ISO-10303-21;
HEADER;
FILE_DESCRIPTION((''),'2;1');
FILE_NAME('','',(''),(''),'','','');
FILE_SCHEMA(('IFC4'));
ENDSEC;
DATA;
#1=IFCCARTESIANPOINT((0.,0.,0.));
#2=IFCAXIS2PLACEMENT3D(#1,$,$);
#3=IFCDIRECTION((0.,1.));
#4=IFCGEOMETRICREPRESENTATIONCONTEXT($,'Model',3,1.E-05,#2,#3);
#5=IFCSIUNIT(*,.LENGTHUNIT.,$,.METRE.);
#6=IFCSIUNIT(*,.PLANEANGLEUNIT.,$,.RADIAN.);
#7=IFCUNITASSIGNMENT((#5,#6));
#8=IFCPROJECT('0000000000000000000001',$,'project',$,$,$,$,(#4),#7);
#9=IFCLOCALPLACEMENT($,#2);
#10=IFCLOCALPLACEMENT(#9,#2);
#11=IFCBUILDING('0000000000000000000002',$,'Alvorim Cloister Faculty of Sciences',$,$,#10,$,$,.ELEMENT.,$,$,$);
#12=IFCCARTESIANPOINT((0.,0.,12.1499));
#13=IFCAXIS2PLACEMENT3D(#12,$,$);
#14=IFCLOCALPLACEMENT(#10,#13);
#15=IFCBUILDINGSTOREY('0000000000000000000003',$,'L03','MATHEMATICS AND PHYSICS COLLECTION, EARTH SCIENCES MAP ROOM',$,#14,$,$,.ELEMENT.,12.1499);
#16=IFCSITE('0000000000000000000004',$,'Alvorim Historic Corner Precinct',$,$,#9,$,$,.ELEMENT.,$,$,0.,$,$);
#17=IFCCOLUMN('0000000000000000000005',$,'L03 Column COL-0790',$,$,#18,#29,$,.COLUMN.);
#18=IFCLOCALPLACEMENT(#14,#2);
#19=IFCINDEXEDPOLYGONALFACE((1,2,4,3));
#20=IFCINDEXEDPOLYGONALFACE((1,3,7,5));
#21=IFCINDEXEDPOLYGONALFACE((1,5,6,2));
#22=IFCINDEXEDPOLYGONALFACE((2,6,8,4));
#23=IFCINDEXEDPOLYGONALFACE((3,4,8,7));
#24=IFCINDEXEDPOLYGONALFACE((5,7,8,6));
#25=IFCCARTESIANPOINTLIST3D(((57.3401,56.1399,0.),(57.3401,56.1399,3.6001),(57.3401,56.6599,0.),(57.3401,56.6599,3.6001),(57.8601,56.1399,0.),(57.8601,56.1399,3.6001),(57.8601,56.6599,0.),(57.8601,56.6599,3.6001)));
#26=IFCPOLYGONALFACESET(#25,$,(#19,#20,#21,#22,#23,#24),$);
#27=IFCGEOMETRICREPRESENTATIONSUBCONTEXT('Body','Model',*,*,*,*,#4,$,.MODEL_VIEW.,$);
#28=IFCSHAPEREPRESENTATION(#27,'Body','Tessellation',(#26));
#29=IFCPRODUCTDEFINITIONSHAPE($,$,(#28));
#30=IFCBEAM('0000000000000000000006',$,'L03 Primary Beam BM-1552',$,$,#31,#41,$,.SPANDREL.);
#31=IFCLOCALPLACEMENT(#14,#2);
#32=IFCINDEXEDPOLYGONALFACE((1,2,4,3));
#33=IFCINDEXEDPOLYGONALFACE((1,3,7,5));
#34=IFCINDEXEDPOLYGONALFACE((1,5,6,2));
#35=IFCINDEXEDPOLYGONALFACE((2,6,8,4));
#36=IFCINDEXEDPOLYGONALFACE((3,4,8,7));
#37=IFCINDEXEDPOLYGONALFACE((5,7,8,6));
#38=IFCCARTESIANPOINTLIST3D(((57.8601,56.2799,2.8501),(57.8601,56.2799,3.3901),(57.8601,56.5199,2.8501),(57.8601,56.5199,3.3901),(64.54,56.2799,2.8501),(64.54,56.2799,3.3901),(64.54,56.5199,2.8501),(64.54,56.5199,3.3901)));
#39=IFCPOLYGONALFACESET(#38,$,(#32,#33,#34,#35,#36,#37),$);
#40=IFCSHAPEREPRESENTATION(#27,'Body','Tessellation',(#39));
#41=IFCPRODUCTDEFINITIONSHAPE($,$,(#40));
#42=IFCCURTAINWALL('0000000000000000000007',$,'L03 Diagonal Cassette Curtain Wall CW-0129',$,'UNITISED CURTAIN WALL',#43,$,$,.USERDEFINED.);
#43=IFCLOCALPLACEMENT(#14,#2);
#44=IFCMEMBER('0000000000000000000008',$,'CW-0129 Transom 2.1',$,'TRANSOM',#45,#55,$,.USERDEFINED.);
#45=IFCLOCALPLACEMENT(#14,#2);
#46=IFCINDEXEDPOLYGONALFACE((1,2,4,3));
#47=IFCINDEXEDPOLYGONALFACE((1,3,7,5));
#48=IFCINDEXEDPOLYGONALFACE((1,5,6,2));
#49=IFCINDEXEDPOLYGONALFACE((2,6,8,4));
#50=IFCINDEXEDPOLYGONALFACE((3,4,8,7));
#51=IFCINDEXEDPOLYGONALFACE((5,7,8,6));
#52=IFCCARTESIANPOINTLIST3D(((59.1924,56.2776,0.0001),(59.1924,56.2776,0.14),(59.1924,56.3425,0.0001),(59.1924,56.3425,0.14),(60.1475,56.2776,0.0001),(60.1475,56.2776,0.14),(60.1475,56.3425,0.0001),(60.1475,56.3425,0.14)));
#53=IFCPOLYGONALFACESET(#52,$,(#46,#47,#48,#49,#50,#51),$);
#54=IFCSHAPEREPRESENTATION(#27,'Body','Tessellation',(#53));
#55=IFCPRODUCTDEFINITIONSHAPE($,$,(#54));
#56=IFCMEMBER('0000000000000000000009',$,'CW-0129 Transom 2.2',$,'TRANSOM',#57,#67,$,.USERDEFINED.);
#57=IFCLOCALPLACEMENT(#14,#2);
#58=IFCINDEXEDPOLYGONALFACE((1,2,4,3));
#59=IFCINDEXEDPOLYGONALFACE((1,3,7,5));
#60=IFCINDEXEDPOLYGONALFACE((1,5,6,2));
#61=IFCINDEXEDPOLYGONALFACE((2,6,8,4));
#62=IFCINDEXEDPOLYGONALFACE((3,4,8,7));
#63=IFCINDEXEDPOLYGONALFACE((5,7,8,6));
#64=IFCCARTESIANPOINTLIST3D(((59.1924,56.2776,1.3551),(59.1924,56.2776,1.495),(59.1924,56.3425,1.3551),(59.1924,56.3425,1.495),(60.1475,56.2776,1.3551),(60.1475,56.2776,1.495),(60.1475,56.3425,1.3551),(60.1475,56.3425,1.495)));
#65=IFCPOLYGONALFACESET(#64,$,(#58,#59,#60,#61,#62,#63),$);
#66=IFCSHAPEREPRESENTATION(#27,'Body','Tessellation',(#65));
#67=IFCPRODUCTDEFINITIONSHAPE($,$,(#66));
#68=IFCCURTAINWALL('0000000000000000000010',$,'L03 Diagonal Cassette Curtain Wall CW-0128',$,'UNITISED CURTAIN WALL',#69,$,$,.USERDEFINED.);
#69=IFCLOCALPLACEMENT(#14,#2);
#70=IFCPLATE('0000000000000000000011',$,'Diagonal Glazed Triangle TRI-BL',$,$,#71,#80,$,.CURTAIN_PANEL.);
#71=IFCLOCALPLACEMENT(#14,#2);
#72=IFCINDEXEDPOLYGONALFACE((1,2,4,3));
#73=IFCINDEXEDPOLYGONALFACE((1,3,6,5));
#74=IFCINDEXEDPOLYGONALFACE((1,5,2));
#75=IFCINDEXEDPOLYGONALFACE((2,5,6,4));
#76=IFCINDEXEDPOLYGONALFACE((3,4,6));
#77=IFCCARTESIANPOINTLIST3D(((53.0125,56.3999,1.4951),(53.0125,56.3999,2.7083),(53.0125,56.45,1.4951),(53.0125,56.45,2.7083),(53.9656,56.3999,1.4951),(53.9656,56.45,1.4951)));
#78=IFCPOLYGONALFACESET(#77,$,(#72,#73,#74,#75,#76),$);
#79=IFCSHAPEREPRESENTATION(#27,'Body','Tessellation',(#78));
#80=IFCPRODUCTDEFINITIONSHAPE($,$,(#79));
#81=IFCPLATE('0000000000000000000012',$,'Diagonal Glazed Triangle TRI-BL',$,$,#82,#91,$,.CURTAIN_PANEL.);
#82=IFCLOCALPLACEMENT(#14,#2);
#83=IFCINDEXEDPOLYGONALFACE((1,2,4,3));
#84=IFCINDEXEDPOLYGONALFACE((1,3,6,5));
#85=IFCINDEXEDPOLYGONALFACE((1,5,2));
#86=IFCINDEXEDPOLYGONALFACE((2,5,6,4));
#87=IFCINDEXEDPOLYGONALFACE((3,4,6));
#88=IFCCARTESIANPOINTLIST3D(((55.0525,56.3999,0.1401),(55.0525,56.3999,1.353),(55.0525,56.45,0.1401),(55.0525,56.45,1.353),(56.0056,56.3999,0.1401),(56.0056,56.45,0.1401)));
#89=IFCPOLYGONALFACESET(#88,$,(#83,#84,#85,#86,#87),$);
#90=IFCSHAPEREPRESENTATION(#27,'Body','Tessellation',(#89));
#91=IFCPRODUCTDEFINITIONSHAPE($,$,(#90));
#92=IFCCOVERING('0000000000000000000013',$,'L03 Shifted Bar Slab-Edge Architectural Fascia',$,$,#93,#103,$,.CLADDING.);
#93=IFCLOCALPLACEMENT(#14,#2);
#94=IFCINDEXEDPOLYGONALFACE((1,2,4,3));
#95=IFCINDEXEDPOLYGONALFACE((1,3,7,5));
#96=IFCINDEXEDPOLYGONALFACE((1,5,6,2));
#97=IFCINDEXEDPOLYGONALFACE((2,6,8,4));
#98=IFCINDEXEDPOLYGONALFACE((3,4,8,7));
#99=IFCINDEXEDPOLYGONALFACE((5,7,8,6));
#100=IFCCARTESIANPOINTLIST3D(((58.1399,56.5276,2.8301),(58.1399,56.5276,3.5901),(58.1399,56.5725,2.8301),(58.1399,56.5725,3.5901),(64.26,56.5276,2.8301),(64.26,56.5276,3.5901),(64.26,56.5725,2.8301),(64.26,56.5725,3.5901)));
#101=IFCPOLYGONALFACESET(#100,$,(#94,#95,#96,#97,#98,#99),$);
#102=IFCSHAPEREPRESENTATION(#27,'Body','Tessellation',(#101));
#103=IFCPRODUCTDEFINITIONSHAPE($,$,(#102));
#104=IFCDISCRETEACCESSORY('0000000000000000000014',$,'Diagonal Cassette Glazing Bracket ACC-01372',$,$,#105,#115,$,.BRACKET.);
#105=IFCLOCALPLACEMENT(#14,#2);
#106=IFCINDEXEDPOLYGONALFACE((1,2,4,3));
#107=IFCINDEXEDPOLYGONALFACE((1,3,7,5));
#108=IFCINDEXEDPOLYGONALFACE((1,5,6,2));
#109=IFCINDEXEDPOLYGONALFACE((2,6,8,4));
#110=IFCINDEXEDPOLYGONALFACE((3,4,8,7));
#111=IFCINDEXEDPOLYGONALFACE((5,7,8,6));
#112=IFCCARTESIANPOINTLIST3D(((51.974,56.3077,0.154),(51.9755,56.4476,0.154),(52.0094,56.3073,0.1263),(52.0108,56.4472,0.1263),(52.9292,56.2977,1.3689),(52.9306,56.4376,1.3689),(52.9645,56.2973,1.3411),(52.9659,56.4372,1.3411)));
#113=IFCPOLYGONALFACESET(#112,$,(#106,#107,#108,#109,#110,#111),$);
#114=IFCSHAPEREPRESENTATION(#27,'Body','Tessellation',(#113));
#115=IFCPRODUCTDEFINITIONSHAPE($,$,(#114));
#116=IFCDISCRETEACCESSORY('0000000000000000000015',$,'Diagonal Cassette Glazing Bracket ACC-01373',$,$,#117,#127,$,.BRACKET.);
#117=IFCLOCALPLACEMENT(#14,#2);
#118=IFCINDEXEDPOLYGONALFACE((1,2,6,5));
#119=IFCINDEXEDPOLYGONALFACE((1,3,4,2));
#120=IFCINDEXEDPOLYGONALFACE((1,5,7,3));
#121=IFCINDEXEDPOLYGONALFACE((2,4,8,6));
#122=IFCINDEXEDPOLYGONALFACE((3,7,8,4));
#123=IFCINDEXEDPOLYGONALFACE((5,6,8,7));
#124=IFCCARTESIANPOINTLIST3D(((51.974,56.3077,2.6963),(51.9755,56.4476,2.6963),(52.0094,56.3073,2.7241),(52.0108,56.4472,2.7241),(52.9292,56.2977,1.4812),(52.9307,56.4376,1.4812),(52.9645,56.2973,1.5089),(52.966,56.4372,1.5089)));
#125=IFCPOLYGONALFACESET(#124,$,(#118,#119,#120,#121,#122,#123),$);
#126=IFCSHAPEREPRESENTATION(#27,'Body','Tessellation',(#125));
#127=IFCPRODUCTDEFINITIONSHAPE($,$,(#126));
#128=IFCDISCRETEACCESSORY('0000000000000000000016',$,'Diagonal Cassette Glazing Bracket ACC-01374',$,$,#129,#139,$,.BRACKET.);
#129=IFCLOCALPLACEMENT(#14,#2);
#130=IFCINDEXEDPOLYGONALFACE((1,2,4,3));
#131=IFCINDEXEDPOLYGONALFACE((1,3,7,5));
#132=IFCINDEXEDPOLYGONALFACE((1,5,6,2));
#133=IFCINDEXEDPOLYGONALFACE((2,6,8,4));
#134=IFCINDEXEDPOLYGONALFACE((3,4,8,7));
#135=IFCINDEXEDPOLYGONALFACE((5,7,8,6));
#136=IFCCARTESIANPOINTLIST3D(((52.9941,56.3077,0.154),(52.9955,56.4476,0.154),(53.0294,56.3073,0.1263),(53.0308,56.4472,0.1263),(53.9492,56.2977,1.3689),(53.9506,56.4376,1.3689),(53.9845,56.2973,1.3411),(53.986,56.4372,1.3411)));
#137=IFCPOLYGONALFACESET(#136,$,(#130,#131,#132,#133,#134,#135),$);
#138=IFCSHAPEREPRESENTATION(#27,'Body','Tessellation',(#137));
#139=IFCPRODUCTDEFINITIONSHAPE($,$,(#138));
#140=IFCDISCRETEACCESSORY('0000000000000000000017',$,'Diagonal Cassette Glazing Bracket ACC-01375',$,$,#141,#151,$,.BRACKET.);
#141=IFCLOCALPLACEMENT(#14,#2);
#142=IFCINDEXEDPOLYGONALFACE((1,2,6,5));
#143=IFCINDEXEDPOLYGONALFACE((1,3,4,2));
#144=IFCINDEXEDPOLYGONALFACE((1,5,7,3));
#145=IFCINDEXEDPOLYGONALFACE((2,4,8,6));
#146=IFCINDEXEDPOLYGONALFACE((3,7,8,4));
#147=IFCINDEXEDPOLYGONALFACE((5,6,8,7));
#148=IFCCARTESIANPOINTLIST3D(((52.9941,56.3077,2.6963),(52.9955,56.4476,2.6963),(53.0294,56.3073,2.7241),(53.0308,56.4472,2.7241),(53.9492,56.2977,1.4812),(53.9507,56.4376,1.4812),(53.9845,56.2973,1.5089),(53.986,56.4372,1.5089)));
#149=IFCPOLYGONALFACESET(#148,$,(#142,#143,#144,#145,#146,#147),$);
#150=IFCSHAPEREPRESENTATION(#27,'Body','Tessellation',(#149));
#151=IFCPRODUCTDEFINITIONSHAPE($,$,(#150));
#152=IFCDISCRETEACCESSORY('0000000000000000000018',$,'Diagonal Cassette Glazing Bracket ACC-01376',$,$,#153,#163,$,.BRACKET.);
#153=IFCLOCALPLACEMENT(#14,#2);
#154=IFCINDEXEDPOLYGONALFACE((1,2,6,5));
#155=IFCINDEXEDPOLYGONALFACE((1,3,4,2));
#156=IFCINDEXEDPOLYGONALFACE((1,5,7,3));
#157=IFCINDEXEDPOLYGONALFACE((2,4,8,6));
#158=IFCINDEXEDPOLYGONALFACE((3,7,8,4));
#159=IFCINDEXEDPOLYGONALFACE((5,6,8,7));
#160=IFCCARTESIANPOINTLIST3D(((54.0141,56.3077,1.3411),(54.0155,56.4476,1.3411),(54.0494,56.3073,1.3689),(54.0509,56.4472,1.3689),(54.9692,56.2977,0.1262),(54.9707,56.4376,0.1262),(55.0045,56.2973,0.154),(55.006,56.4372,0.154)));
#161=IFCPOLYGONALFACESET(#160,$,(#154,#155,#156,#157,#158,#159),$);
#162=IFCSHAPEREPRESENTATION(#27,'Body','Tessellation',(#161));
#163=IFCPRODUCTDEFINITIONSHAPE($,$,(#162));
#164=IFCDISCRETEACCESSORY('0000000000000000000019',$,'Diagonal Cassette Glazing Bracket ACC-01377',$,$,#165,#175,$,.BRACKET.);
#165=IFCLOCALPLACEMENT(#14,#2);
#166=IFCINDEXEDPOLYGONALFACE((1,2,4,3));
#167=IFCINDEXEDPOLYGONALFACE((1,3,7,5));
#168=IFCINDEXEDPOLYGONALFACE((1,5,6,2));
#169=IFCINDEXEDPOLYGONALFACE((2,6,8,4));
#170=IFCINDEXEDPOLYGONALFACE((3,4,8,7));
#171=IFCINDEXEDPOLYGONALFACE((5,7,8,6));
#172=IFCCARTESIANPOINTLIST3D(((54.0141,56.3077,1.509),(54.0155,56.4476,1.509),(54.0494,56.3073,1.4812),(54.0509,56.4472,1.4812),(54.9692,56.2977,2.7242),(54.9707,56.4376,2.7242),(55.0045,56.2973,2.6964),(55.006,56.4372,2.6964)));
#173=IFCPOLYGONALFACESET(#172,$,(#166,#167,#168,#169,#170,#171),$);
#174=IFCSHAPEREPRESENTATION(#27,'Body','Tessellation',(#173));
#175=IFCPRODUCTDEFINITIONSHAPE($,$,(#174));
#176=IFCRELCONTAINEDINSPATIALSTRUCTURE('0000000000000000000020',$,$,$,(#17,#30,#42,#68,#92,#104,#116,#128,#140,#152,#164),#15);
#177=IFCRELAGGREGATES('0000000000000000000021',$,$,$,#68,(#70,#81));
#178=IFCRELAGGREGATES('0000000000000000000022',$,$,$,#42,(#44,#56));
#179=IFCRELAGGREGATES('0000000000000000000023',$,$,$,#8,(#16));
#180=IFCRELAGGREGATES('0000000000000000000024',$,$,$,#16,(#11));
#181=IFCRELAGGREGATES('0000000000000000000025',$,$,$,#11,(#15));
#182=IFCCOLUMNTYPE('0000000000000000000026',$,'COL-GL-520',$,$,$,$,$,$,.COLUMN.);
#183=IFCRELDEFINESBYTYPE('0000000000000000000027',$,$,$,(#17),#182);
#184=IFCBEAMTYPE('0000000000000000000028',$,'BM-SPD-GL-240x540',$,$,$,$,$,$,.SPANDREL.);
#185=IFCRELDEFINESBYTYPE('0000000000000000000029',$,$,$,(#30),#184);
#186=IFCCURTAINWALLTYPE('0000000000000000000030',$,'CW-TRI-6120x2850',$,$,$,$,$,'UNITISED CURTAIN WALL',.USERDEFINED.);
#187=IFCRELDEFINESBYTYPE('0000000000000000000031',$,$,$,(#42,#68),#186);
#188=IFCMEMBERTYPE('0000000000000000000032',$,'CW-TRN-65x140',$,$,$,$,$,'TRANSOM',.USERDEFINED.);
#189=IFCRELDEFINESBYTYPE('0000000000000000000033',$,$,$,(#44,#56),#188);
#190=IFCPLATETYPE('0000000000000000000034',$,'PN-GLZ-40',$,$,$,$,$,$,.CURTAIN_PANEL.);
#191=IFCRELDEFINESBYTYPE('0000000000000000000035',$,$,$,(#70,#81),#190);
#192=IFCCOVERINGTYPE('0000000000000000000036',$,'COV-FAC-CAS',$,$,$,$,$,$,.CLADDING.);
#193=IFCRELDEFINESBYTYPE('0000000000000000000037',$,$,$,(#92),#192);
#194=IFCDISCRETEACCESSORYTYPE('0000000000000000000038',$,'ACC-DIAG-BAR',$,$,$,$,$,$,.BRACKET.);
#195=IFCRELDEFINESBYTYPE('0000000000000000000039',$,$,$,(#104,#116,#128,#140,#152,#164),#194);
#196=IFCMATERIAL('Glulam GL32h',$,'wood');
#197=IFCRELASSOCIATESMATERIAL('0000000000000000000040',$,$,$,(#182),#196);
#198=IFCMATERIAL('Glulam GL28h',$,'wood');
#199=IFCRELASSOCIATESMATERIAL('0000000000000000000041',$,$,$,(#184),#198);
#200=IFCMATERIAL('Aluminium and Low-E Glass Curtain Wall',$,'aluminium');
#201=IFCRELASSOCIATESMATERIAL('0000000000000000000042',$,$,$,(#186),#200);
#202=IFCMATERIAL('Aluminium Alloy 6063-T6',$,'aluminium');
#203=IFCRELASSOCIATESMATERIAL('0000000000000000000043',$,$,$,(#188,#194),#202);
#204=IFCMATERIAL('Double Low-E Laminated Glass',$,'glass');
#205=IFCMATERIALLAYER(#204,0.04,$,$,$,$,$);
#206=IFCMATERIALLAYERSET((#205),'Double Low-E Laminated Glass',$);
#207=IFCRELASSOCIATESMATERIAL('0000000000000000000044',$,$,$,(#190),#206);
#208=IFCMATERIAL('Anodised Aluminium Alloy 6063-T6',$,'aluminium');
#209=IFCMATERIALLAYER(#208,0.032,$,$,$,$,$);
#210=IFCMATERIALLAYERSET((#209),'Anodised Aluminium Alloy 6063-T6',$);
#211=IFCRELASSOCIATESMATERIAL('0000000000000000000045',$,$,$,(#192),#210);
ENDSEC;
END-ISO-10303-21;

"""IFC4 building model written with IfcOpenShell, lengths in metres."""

from ifc_helpers import new_model, si_unit, direction, frame, origin, origin_2d, place, context, subcontext, project, spatial, polyline, rectangle, outline, extrude, material, layer, layer_set, material_profile, profile_set, type_object, element, aggregate, save


model = new_model("IFC4")

# Units and contexts
model_context = context("Model", 3, precision=1e-05, world=origin(), true_north=direction((0.0, 1.0)))
body_context = subcontext(model_context, "Body", "Model", "MODEL_VIEW")
ifc_project = project(units=[si_unit("LENGTHUNIT", "METRE"), si_unit("PLANEANGLEUNIT", "RADIAN")], contexts=[model_context])

# Site, building, storey
site_placement = place(None, origin())
site = spatial("IfcSite", under=ifc_project, at=site_placement, Name="Alvorim Historic Corner Precinct", CompositionType="ELEMENT", RefElevation=0.0)
building_placement = place(site_placement, origin())
building = spatial("IfcBuilding", under=site, at=building_placement, Name="Alvorim Cloister Faculty of Sciences", CompositionType="ELEMENT")
storey_placement = place(building_placement, frame((0.0, 0.0, 12.1499)))
storey = spatial("IfcBuildingStorey", under=building, at=storey_placement, Name="L03", Description="MATHEMATICS AND PHYSICS COLLECTION, EARTH SCIENCES MAP ROOM", CompositionType="ELEMENT", Elevation=12.1499)

# Column
ifc_material_1 = material(Name="Glulam GL32h", Category="wood")
ifc_material_profile_1 = material_profile(ifc_material_1, rectangle(XDim=0.52, YDim=0.52, at=origin_2d()), Name="GL32-COL-520x520")
ifc_profile_set_1 = profile_set([ifc_material_profile_1], Name="Glulam GL32h")
column_type = type_object("IfcColumnType", Name="COL-GL-520", PredefinedType="COLUMN", material=ifc_profile_set_1)
column_placement = place(storey_placement, frame((57.6001, 56.3999, 0.0), z_axis=(0.0, 0.0, 1.0), x_axis=(1.0, 0.0, 0.0)))
element("IfcColumn", 1, at=column_placement, inside=storey, type_object=column_type, Name="L03 Column COL-0790", PredefinedType="COLUMN", context=body_context, shape_type="SweptSolid", body=[
    extrude(rectangle(XDim=0.52, YDim=0.52, at=origin_2d()), origin(), (0.0, 0.0, 1.0), 3.6001),
])

# Beam
ifc_material_2 = material(Name="Glulam GL28h", Category="wood")
ifc_material_profile_2 = material_profile(ifc_material_2, rectangle(XDim=0.24, YDim=0.54, at=origin_2d()), Name="GL28-SPD-240x540")
ifc_profile_set_2 = profile_set([ifc_material_profile_2], Name="Glulam GL28h")
beam_type = type_object("IfcBeamType", Name="BM-SPD-GL-240x540", PredefinedType="SPANDREL", material=ifc_profile_set_2)
beam_placement = place(storey_placement, frame((57.8601, 56.3999, 3.1201), z_axis=(1.0, 0.0, 0.0), x_axis=(0.0, 1.0, 0.0)))
element("IfcBeam", 2, at=beam_placement, inside=storey, type_object=beam_type, Name="L03 Primary Beam BM-1552", PredefinedType="SPANDREL", context=body_context, shape_type="SweptSolid", body=[
    extrude(rectangle(XDim=0.24, YDim=0.54, at=origin_2d()), origin(), (0.0, 0.0, 1.0), 6.6799),
])

# Curtain wall, members
ifc_material_3 = material(Name="Aluminium and Low-E Glass Curtain Wall", Category="aluminium")
curtain_wall_type = type_object("IfcCurtainWallType", Name="CW-TRI-6120x2850", ElementType="UNITISED CURTAIN WALL", PredefinedType="USERDEFINED", material=ifc_material_3)
curtain_wall_1_placement = place(storey_placement, origin())
curtain_wall_1 = element("IfcCurtainWall", 3, at=curtain_wall_1_placement, inside=storey, type_object=curtain_wall_type, Name="L03 Diagonal Cassette Curtain Wall CW-0129", ObjectType="UNITISED CURTAIN WALL", PredefinedType="USERDEFINED")
ifc_material_4 = material(Name="Aluminium Alloy 6063-T6", Category="aluminium")
ifc_material_profile_3 = material_profile(ifc_material_4, rectangle(XDim=0.0649, YDim=0.1399, at=origin_2d()), Name="ALU-TRN-65x140")
ifc_profile_set_3 = profile_set([ifc_material_profile_3], Name="Aluminium Alloy 6063-T6")
member_type = type_object("IfcMemberType", Name="CW-TRN-65x140", ElementType="TRANSOM", PredefinedType="USERDEFINED", material=ifc_profile_set_3)
member_1_placement = place(storey_placement, frame((59.1924, 56.3101, 0.0701), z_axis=(1.0, 0.0, 0.0), x_axis=(0.0, 1.0, 0.0)))
member_1 = element("IfcMember", 4, at=member_1_placement, type_object=member_type, Name="CW-0129 Transom 2.1", ObjectType="TRANSOM", PredefinedType="USERDEFINED", context=body_context, shape_type="SweptSolid", body=[
    extrude(rectangle(XDim=0.0649, YDim=0.1399, at=origin_2d()), origin(), (0.0, 0.0, 1.0), 0.9551),
])
member_2_placement = place(storey_placement, frame((59.1924, 56.3101, 1.425), z_axis=(1.0, 0.0, 0.0), x_axis=(0.0, 1.0, 0.0)))
member_2 = element("IfcMember", 5, at=member_2_placement, type_object=member_type, Name="CW-0129 Transom 2.2", ObjectType="TRANSOM", PredefinedType="USERDEFINED", context=body_context, shape_type="SweptSolid", body=[
    extrude(rectangle(XDim=0.0649, YDim=0.1399, at=origin_2d()), origin(), (0.0, 0.0, 1.0), 0.9551),
])

# Curtain wall, plates
curtain_wall_2_placement = place(storey_placement, origin())
curtain_wall_2 = element("IfcCurtainWall", 6, at=curtain_wall_2_placement, inside=storey, type_object=curtain_wall_type, Name="L03 Diagonal Cassette Curtain Wall CW-0128", ObjectType="UNITISED CURTAIN WALL", PredefinedType="USERDEFINED")
ifc_material_5 = material(Name="Double Low-E Laminated Glass", Category="glass")
ifc_layer_1 = layer(ifc_material_5, 0.04)
ifc_layer_set_1 = layer_set([ifc_layer_1], Name="Double Low-E Laminated Glass")
plate_type = type_object("IfcPlateType", Name="PN-GLZ-40", PredefinedType="CURTAIN_PANEL", material=ifc_layer_set_1)
plate_1_placement = place(storey_placement, frame((53.0125, 56.425, 1.4951), z_axis=(0.0, 0.0, 1.0), x_axis=(1.0, 0.0, 0.0)))
plate_1 = element("IfcPlate", 7, at=plate_1_placement, type_object=plate_type, Name="Diagonal Glazed Triangle TRI-BL", PredefinedType="CURTAIN_PANEL", context=body_context, shape_type="SweptSolid", body=[
    extrude(outline(polyline([(0.0, 0.0), (0.9531, 0.0), (0.0, 1.2131), (0.0, 0.0)])), frame((0.0, 0.0249, 0.0), z_axis=(0.0, -1.0, 0.0), x_axis=(1.0, 0.0, 0.0)), (0.0, 0.0, 1.0), 0.05),
])
plate_2_placement = place(storey_placement, frame((55.0525, 56.425, 0.1401), z_axis=(0.0, 0.0, 1.0), x_axis=(1.0, 0.0, 0.0)))
plate_2 = element("IfcPlate", 8, at=plate_2_placement, type_object=plate_type, Name="Diagonal Glazed Triangle TRI-BL", PredefinedType="CURTAIN_PANEL", context=body_context, shape_type="SweptSolid", body=[
    extrude(outline(polyline([(0.0, 0.0), (0.9531, 0.0), (0.0, 1.2129), (0.0, 0.0)])), frame((0.0, 0.0249, 0.0), z_axis=(0.0, -1.0, 0.0), x_axis=(1.0, 0.0, 0.0)), (0.0, 0.0, 1.0), 0.05),
])
aggregate(curtain_wall_2, [plate_1, plate_2])

aggregate(curtain_wall_1, [member_1, member_2])

# Covering
ifc_material_6 = material(Name="Anodised Aluminium Alloy 6063-T6", Category="aluminium")
ifc_layer_2 = layer(ifc_material_6, 0.032)
ifc_layer_set_2 = layer_set([ifc_layer_2], Name="Anodised Aluminium Alloy 6063-T6")
covering_type = type_object("IfcCoveringType", Name="COV-FAC-CAS", PredefinedType="CLADDING", material=ifc_layer_set_2)
covering_placement = place(storey_placement, frame((58.1399, 56.55, 2.8301), z_axis=(0.0, 0.0, 1.0), x_axis=(1.0, 0.0, 0.0)))
element("IfcCovering", 9, at=covering_placement, inside=storey, type_object=covering_type, Name="L03 Shifted Bar Slab-Edge Architectural Fascia", PredefinedType="CLADDING", context=body_context, shape_type="SweptSolid", body=[
    extrude(outline(polyline([(0.0, 0.0), (6.1201, 0.0), (6.1201, 0.76), (0.0, 0.76), (0.0, 0.0)])), frame((0.0, 0.0225, 0.0), z_axis=(0.0, -1.0, 0.0), x_axis=(1.0, 0.0, 0.0)), (0.0, 0.0, 1.0), 0.0449),
])

# Discrete accessories
discrete_accessory_type = type_object("IfcDiscreteAccessoryType", Name="ACC-DIAG-BAR", PredefinedType="BRACKET", material=ifc_material_4)
discrete_accessory_1_placement = place(storey_placement, frame((51.9924, 56.3774, 0.1401), z_axis=(0.618032, -0.006477, 0.786126), x_axis=(0.01048, 0.999945, 0.0)))
element("IfcDiscreteAccessory", 10, at=discrete_accessory_1_placement, inside=storey, type_object=discrete_accessory_type, Name="Diagonal Cassette Glazing Bracket ACC-01372", PredefinedType="BRACKET", context=body_context, shape_type="SweptSolid", body=[
    extrude(rectangle(XDim=0.1399, YDim=0.0449, at=origin_2d()), origin(), (0.0, 0.0, 1.0), 1.5454),
])
discrete_accessory_2_placement = place(storey_placement, frame((51.9924, 56.3774, 2.7102), z_axis=(0.617955, -0.006477, -0.786187), x_axis=(0.01048, 0.999945, 0.0)))
element("IfcDiscreteAccessory", 11, at=discrete_accessory_2_placement, inside=storey, type_object=discrete_accessory_type, Name="Diagonal Cassette Glazing Bracket ACC-01373", PredefinedType="BRACKET", context=body_context, shape_type="SweptSolid", body=[
    extrude(rectangle(XDim=0.1399, YDim=0.0449, at=origin_2d()), origin(), (0.0, 0.0, 1.0), 1.5457),
])
discrete_accessory_3_placement = place(storey_placement, frame((53.0125, 56.3774, 0.1401), z_axis=(0.618032, -0.006477, 0.786126), x_axis=(0.01048, 0.999945, 0.0)))
element("IfcDiscreteAccessory", 12, at=discrete_accessory_3_placement, inside=storey, type_object=discrete_accessory_type, Name="Diagonal Cassette Glazing Bracket ACC-01374", PredefinedType="BRACKET", context=body_context, shape_type="SweptSolid", body=[
    extrude(rectangle(XDim=0.1399, YDim=0.0449, at=origin_2d()), origin(), (0.0, 0.0, 1.0), 1.5454),
])
discrete_accessory_4_placement = place(storey_placement, frame((53.0125, 56.3774, 2.7102), z_axis=(0.617955, -0.006477, -0.786187), x_axis=(0.01048, 0.999945, 0.0)))
element("IfcDiscreteAccessory", 13, at=discrete_accessory_4_placement, inside=storey, type_object=discrete_accessory_type, Name="Diagonal Cassette Glazing Bracket ACC-01375", PredefinedType="BRACKET", context=body_context, shape_type="SweptSolid", body=[
    extrude(rectangle(XDim=0.1399, YDim=0.0449, at=origin_2d()), origin(), (0.0, 0.0, 1.0), 1.5457),
])
discrete_accessory_5_placement = place(storey_placement, frame((54.0325, 56.3774, 1.355), z_axis=(0.618032, -0.006477, -0.786126), x_axis=(0.01048, 0.999945, 0.0)))
element("IfcDiscreteAccessory", 14, at=discrete_accessory_5_placement, inside=storey, type_object=discrete_accessory_type, Name="Diagonal Cassette Glazing Bracket ACC-01376", PredefinedType="BRACKET", context=body_context, shape_type="SweptSolid", body=[
    extrude(rectangle(XDim=0.1399, YDim=0.0449, at=origin_2d()), origin(), (0.0, 0.0, 1.0), 1.5454),
])
discrete_accessory_6_placement = place(storey_placement, frame((54.0325, 56.3774, 1.4951), z_axis=(0.617955, -0.006477, 0.786187), x_axis=(0.01048, 0.999945, 0.0)))
element("IfcDiscreteAccessory", 15, at=discrete_accessory_6_placement, inside=storey, type_object=discrete_accessory_type, Name="Diagonal Cassette Glazing Bracket ACC-01377", PredefinedType="BRACKET", context=body_context, shape_type="SweptSolid", body=[
    extrude(rectangle(XDim=0.1399, YDim=0.0449, at=origin_2d()), origin(), (0.0, 0.0, 1.0), 1.5457),
])

save(model, "model.ifc")
